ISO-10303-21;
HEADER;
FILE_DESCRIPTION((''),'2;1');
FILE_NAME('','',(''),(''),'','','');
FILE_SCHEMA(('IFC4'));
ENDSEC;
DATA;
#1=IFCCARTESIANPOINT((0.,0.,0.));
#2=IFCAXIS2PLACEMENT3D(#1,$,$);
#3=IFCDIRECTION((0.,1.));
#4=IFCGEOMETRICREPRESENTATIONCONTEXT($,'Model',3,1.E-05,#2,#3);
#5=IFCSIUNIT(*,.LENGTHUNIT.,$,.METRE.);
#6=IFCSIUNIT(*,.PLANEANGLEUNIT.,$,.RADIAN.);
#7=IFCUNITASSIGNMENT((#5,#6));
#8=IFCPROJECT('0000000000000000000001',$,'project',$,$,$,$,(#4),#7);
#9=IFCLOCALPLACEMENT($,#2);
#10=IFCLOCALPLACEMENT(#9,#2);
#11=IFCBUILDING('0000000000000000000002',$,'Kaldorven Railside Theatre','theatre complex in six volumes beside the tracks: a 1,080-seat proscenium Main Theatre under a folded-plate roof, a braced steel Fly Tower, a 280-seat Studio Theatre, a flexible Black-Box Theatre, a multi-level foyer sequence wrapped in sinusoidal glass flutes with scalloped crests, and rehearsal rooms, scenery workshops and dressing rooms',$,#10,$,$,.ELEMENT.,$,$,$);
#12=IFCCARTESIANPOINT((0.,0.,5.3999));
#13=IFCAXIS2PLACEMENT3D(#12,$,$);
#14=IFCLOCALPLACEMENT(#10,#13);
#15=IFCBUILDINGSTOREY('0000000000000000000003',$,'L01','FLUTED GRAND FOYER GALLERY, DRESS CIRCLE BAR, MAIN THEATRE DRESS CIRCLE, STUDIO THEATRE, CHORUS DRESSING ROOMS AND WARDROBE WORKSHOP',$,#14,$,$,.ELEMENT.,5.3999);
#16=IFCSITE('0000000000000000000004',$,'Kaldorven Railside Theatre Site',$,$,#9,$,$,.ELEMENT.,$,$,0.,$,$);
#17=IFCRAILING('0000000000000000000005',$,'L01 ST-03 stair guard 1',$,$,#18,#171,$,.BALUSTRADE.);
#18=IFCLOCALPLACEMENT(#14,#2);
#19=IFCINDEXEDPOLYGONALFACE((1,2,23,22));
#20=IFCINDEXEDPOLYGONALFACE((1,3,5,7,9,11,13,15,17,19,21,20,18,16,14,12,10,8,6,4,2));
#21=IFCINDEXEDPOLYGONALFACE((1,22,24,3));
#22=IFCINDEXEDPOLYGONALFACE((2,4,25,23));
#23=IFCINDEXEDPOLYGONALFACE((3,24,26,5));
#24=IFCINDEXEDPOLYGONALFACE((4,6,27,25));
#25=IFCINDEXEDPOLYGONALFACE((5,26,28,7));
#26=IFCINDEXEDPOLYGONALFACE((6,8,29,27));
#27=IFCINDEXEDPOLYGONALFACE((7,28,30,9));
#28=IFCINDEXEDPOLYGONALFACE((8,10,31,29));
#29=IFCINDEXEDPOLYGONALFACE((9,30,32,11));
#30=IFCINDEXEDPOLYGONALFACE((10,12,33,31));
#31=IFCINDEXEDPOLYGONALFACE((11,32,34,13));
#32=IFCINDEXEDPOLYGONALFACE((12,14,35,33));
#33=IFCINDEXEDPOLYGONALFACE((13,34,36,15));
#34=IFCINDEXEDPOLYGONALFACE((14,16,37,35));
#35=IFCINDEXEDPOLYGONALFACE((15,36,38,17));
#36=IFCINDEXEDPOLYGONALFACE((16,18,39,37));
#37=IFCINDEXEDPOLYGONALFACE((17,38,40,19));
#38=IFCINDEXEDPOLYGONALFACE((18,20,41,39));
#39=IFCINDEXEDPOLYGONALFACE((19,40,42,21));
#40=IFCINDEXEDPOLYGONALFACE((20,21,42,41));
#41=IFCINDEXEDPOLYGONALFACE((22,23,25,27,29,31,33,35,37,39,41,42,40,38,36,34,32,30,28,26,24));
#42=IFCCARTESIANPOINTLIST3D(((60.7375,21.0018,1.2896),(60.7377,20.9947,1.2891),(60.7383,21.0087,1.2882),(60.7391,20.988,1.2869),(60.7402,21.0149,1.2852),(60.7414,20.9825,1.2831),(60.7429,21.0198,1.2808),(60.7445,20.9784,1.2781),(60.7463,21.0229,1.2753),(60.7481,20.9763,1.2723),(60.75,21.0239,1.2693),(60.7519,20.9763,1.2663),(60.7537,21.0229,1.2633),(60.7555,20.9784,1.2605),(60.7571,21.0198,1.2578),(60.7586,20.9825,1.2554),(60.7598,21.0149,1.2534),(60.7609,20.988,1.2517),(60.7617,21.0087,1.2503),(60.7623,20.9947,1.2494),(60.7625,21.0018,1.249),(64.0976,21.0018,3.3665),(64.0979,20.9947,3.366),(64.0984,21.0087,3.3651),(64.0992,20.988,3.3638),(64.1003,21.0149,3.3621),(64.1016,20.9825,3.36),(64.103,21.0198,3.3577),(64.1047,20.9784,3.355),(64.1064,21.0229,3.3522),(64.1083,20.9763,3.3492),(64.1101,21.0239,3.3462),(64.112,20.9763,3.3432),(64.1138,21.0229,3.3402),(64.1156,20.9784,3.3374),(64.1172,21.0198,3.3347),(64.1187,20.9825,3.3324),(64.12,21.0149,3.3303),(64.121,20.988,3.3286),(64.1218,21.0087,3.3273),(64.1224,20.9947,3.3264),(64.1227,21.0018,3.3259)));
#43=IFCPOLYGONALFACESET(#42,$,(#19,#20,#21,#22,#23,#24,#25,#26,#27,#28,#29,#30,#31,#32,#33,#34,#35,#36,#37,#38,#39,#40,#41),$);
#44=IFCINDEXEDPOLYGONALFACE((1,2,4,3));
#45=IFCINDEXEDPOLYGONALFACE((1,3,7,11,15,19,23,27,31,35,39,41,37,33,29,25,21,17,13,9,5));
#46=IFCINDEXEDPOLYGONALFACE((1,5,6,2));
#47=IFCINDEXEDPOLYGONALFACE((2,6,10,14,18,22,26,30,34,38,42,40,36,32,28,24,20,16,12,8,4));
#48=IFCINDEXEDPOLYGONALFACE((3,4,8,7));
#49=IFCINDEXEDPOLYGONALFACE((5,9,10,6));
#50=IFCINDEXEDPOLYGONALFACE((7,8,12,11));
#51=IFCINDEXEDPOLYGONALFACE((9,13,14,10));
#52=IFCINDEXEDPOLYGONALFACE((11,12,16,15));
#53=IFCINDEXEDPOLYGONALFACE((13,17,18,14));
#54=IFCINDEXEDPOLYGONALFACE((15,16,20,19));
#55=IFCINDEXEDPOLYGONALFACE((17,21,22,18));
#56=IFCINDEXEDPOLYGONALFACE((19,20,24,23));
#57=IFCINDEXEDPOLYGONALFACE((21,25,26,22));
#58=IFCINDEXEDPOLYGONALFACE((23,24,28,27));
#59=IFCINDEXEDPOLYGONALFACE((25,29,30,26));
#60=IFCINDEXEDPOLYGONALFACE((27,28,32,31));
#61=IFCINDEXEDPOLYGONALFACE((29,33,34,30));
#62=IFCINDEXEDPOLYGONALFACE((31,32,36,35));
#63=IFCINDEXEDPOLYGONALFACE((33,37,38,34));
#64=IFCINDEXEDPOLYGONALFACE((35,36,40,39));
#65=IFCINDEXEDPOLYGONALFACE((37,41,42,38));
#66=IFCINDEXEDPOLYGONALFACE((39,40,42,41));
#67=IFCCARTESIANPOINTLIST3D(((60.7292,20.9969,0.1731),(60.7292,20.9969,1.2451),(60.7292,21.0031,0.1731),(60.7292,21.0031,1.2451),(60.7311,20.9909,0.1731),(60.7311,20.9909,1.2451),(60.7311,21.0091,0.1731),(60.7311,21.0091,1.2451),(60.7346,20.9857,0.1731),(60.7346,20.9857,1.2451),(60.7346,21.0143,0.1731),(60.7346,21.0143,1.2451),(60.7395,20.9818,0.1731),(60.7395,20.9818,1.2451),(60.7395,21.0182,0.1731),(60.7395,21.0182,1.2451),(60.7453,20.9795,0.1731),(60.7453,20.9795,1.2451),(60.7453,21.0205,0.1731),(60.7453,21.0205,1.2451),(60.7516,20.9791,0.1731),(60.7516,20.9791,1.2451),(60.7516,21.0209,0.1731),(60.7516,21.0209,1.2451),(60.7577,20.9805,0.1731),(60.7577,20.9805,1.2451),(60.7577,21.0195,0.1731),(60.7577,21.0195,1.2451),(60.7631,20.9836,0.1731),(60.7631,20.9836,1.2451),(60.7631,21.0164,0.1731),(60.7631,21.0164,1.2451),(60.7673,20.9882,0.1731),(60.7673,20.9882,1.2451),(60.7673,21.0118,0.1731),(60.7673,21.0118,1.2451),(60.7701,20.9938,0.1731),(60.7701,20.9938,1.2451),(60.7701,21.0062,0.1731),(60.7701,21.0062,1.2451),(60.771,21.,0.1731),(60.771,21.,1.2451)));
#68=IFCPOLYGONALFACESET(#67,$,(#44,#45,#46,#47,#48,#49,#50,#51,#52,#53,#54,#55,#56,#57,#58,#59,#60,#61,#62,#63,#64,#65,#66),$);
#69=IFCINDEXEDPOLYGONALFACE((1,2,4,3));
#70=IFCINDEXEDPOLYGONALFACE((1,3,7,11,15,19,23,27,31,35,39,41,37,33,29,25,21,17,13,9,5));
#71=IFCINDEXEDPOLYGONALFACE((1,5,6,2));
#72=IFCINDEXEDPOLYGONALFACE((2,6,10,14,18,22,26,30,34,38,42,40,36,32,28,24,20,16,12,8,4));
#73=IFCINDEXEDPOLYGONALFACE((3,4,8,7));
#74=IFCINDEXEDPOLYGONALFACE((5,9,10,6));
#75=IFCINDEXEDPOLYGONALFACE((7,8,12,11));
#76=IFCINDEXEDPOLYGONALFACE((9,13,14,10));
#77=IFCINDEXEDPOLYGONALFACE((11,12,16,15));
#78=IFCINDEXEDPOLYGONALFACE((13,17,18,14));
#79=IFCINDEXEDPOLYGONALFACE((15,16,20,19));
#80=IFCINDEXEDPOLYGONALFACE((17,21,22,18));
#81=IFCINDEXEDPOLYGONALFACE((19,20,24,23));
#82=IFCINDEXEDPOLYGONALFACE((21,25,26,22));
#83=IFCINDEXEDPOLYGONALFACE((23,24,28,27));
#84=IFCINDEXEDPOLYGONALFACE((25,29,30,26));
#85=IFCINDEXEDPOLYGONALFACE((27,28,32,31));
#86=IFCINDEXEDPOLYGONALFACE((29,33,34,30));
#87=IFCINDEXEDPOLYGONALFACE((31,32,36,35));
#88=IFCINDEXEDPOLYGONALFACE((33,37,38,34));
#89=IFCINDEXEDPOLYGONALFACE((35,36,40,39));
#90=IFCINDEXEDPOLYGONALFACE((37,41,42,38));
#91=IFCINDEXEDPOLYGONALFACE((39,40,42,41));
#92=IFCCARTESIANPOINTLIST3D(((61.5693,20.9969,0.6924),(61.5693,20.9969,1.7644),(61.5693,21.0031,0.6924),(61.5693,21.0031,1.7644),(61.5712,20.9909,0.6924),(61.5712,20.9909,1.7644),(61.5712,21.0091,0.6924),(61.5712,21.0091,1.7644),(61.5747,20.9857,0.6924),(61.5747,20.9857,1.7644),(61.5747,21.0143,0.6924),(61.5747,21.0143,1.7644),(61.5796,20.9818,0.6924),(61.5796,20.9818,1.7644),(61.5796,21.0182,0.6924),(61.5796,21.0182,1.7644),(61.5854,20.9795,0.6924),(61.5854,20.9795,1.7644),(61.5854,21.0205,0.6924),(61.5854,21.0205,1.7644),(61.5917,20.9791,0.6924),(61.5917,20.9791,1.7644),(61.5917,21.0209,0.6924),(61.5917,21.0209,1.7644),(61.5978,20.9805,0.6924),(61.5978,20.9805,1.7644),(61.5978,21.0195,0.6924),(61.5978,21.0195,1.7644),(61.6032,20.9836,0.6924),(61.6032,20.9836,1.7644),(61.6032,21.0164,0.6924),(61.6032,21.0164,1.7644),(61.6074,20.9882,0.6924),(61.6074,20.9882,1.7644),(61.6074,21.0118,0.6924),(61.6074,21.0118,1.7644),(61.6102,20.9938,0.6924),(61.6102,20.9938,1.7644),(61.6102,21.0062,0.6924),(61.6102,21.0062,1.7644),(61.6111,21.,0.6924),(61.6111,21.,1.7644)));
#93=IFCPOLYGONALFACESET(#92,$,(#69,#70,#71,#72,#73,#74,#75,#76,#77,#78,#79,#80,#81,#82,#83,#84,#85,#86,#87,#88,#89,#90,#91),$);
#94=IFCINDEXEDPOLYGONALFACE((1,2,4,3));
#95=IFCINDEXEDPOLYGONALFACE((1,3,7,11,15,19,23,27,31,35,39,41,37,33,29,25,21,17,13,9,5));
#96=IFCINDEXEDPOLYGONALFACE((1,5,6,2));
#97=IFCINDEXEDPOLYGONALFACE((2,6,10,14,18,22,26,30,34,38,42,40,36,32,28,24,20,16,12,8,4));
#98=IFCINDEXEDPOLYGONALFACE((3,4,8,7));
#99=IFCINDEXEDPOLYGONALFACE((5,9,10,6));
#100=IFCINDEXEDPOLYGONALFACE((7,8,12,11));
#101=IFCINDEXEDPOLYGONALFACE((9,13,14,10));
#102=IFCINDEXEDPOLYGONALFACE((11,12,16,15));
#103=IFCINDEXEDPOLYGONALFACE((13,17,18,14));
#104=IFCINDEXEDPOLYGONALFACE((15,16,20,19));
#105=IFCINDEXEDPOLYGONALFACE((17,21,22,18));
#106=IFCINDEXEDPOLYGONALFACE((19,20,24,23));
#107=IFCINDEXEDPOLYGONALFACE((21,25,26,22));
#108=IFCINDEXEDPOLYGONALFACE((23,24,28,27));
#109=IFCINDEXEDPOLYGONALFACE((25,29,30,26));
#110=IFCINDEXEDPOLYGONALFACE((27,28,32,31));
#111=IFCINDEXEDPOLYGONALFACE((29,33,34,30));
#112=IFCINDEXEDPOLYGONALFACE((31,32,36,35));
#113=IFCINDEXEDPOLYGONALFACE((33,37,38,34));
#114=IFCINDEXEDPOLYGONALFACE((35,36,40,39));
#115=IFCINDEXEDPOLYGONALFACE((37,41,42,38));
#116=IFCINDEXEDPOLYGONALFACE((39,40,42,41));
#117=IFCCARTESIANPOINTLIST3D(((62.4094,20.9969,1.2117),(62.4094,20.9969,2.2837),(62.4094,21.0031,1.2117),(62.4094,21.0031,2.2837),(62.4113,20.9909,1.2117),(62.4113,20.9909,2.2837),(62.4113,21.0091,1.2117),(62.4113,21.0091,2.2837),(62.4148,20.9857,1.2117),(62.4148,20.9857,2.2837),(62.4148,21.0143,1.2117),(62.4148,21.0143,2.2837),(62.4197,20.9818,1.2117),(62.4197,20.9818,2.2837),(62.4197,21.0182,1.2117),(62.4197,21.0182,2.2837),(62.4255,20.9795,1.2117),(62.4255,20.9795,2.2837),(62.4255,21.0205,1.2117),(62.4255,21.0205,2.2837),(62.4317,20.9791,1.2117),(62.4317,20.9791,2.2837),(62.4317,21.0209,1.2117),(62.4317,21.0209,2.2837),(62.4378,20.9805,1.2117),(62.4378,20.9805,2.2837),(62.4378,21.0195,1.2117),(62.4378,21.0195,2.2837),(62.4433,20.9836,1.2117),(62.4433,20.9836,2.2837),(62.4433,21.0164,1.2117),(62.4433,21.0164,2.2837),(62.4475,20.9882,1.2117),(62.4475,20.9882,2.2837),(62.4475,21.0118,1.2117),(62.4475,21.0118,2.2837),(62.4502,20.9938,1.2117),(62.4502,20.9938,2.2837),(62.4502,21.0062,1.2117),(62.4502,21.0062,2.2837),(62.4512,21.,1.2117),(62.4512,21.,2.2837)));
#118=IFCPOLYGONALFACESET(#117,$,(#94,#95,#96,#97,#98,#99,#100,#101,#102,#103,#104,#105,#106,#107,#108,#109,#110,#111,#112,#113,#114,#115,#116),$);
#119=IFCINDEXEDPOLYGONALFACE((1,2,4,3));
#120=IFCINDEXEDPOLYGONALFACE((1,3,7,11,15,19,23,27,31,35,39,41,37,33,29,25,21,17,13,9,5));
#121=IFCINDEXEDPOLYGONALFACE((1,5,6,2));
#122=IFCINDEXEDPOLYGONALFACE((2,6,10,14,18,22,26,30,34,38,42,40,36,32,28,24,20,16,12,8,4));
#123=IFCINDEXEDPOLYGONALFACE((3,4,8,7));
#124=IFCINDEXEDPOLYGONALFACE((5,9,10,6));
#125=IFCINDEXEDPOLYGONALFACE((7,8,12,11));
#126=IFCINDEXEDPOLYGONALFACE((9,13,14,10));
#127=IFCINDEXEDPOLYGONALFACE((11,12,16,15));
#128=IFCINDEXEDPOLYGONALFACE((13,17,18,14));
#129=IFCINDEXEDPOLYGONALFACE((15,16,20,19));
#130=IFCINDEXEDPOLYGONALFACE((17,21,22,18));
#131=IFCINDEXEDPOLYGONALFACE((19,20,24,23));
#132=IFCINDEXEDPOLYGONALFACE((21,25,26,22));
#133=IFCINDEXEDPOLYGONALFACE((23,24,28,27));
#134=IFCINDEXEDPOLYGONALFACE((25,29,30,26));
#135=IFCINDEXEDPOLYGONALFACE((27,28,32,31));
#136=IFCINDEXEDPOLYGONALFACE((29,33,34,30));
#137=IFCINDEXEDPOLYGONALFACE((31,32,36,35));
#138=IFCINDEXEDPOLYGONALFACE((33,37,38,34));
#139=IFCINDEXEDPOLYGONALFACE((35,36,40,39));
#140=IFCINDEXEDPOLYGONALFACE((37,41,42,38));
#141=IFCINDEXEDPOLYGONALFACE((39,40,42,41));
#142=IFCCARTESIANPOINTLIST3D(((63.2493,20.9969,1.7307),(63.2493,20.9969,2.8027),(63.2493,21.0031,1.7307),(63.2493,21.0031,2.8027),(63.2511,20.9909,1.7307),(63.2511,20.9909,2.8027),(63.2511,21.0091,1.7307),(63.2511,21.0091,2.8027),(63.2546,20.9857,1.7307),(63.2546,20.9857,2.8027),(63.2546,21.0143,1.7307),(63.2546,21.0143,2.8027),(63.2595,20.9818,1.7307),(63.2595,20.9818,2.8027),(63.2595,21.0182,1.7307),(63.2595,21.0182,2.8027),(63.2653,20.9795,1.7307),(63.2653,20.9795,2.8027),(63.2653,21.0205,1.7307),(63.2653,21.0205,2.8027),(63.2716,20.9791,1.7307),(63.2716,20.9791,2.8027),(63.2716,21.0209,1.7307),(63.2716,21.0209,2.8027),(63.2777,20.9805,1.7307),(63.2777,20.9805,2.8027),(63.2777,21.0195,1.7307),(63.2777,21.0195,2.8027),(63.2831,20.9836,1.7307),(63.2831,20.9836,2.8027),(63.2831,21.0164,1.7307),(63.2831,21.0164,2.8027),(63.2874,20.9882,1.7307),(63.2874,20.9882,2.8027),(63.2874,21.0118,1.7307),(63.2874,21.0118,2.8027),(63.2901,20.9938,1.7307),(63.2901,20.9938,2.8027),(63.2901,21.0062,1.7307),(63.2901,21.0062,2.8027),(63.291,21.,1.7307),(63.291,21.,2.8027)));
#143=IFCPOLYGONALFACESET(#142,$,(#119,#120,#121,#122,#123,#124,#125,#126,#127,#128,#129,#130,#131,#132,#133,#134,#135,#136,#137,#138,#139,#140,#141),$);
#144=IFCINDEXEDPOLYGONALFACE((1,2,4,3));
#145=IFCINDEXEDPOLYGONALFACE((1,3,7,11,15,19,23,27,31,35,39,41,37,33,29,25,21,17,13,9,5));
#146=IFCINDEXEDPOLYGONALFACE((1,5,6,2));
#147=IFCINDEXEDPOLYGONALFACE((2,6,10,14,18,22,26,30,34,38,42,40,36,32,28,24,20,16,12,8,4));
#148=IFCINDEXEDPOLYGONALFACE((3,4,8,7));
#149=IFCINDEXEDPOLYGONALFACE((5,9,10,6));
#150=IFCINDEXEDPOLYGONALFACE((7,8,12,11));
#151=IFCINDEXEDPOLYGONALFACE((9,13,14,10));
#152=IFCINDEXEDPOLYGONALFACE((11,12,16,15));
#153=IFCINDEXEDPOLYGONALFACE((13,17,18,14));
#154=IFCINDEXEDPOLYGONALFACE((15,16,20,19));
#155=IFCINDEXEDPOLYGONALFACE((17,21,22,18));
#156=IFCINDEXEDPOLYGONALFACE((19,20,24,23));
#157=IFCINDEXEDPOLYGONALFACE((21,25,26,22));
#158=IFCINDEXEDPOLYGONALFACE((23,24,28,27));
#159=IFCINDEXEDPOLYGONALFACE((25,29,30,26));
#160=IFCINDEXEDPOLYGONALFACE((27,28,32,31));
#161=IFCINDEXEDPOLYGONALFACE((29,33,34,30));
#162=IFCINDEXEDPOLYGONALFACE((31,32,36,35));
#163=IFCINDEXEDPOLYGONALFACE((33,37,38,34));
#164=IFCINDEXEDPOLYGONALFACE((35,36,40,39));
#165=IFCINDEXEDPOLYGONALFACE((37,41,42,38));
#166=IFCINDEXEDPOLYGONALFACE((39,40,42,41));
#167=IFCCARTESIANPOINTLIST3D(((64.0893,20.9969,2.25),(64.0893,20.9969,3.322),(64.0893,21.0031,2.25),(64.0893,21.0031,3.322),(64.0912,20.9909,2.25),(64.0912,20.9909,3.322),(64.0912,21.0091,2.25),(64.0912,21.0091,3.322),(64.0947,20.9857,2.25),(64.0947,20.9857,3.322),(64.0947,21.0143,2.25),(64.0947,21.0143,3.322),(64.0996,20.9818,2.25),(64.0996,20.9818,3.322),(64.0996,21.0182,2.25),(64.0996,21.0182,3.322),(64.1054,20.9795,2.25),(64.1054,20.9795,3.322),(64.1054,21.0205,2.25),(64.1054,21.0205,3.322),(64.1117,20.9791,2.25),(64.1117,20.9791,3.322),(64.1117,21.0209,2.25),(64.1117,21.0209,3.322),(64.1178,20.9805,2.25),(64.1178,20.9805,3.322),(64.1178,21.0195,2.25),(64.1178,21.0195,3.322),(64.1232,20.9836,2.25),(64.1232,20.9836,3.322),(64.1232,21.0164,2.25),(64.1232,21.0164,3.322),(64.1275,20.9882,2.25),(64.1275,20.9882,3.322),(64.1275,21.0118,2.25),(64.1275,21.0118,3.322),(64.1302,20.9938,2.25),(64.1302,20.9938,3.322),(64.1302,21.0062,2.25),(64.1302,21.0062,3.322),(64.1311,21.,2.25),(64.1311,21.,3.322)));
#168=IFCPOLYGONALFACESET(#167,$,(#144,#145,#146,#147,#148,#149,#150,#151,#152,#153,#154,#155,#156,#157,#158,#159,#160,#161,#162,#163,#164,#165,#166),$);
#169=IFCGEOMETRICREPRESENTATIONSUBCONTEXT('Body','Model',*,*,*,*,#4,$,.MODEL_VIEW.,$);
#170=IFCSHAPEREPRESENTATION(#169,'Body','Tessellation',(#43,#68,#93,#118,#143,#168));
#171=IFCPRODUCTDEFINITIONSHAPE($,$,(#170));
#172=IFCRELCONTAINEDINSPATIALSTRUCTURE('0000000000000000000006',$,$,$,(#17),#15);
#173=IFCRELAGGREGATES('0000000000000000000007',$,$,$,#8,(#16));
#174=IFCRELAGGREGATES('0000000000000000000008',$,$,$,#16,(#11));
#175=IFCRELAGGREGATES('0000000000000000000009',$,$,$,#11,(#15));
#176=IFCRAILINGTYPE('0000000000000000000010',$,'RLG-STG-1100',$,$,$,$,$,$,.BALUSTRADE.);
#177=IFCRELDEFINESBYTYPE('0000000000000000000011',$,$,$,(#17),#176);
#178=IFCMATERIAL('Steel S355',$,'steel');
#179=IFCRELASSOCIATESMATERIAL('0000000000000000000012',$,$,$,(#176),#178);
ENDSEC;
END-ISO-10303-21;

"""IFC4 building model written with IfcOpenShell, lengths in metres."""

from ifc_helpers import new_model, si_unit, direction, frame, origin, origin_2d, place, context, subcontext, project, spatial, circle, extrude, material, type_object, element, save


model = new_model("IFC4")

# Units and contexts
model_context = context("Model", 3, precision=1e-05, world=origin(), true_north=direction((0.0, 1.0)))
body_context = subcontext(model_context, "Body", "Model", "MODEL_VIEW")
ifc_project = project(units=[si_unit("LENGTHUNIT", "METRE"), si_unit("PLANEANGLEUNIT", "RADIAN")], contexts=[model_context])

# Site, building, storey
site_placement = place(None, origin())
site = spatial("IfcSite", under=ifc_project, at=site_placement, Name="Kaldorven Railside Theatre Site", CompositionType="ELEMENT", RefElevation=0.0)
building_placement = place(site_placement, origin())
building = spatial("IfcBuilding", under=site, at=building_placement, Name="Kaldorven Railside Theatre", Description="theatre complex in six volumes beside the tracks: a 1,080-seat proscenium Main Theatre under a folded-plate roof, a braced steel Fly Tower, a 280-seat Studio Theatre, a flexible Black-Box Theatre, a multi-level foyer sequence wrapped in sinusoidal glass flutes with scalloped crests, and rehearsal rooms, scenery workshops and dressing rooms", CompositionType="ELEMENT")
storey_placement = place(building_placement, frame((0.0, 0.0, 5.3999)))
storey = spatial("IfcBuildingStorey", under=building, at=storey_placement, Name="L01", Description="FLUTED GRAND FOYER GALLERY, DRESS CIRCLE BAR, MAIN THEATRE DRESS CIRCLE, STUDIO THEATRE, CHORUS DRESSING ROOMS AND WARDROBE WORKSHOP", CompositionType="ELEMENT", Elevation=5.3999)

# Shared definitions
ifc_material_1 = material(Name="Steel S355", Category="steel")

# Railing
railing_type_1 = type_object("IfcRailingType", Name="RLG-STG-1100", PredefinedType="BALUSTRADE", material=ifc_material_1)
railing_1_placement = place(storey_placement, frame((60.75, 21.0, 0.1731)))
element("IfcRailing", 1, at=railing_1_placement, inside=storey, type_object=railing_type_1, Name="L01 ST-03 stair guard 1", PredefinedType="BALUSTRADE", context=body_context, shape_type="SweptSolid", body=[
    extrude(circle(Radius=0.0239, at=origin_2d()), frame((0.0, 0.0, 1.0962), z_axis=(0.850623, 0.0, 0.525776), x_axis=(0.0, 1.0, 0.0)), (0.0, 0.0, 1.0), 3.9502),
    extrude(circle(Radius=0.021, at=origin_2d()), origin(), (0.0, 0.0, 1.0), 1.072),
    extrude(circle(Radius=0.021, at=origin_2d()), frame((0.8401, 0.0, 0.5193)), (0.0, 0.0, 1.0), 1.072),
    extrude(circle(Radius=0.021, at=origin_2d()), frame((1.6802, 0.0, 1.0386)), (0.0, 0.0, 1.0), 1.072),
    extrude(circle(Radius=0.021, at=origin_2d()), frame((2.52, 0.0, 1.5576)), (0.0, 0.0, 1.0), 1.072),
    extrude(circle(Radius=0.021, at=origin_2d()), frame((3.3601, 0.0, 2.0769)), (0.0, 0.0, 1.0), 1.072),
])

save(model, "model.ifc")
